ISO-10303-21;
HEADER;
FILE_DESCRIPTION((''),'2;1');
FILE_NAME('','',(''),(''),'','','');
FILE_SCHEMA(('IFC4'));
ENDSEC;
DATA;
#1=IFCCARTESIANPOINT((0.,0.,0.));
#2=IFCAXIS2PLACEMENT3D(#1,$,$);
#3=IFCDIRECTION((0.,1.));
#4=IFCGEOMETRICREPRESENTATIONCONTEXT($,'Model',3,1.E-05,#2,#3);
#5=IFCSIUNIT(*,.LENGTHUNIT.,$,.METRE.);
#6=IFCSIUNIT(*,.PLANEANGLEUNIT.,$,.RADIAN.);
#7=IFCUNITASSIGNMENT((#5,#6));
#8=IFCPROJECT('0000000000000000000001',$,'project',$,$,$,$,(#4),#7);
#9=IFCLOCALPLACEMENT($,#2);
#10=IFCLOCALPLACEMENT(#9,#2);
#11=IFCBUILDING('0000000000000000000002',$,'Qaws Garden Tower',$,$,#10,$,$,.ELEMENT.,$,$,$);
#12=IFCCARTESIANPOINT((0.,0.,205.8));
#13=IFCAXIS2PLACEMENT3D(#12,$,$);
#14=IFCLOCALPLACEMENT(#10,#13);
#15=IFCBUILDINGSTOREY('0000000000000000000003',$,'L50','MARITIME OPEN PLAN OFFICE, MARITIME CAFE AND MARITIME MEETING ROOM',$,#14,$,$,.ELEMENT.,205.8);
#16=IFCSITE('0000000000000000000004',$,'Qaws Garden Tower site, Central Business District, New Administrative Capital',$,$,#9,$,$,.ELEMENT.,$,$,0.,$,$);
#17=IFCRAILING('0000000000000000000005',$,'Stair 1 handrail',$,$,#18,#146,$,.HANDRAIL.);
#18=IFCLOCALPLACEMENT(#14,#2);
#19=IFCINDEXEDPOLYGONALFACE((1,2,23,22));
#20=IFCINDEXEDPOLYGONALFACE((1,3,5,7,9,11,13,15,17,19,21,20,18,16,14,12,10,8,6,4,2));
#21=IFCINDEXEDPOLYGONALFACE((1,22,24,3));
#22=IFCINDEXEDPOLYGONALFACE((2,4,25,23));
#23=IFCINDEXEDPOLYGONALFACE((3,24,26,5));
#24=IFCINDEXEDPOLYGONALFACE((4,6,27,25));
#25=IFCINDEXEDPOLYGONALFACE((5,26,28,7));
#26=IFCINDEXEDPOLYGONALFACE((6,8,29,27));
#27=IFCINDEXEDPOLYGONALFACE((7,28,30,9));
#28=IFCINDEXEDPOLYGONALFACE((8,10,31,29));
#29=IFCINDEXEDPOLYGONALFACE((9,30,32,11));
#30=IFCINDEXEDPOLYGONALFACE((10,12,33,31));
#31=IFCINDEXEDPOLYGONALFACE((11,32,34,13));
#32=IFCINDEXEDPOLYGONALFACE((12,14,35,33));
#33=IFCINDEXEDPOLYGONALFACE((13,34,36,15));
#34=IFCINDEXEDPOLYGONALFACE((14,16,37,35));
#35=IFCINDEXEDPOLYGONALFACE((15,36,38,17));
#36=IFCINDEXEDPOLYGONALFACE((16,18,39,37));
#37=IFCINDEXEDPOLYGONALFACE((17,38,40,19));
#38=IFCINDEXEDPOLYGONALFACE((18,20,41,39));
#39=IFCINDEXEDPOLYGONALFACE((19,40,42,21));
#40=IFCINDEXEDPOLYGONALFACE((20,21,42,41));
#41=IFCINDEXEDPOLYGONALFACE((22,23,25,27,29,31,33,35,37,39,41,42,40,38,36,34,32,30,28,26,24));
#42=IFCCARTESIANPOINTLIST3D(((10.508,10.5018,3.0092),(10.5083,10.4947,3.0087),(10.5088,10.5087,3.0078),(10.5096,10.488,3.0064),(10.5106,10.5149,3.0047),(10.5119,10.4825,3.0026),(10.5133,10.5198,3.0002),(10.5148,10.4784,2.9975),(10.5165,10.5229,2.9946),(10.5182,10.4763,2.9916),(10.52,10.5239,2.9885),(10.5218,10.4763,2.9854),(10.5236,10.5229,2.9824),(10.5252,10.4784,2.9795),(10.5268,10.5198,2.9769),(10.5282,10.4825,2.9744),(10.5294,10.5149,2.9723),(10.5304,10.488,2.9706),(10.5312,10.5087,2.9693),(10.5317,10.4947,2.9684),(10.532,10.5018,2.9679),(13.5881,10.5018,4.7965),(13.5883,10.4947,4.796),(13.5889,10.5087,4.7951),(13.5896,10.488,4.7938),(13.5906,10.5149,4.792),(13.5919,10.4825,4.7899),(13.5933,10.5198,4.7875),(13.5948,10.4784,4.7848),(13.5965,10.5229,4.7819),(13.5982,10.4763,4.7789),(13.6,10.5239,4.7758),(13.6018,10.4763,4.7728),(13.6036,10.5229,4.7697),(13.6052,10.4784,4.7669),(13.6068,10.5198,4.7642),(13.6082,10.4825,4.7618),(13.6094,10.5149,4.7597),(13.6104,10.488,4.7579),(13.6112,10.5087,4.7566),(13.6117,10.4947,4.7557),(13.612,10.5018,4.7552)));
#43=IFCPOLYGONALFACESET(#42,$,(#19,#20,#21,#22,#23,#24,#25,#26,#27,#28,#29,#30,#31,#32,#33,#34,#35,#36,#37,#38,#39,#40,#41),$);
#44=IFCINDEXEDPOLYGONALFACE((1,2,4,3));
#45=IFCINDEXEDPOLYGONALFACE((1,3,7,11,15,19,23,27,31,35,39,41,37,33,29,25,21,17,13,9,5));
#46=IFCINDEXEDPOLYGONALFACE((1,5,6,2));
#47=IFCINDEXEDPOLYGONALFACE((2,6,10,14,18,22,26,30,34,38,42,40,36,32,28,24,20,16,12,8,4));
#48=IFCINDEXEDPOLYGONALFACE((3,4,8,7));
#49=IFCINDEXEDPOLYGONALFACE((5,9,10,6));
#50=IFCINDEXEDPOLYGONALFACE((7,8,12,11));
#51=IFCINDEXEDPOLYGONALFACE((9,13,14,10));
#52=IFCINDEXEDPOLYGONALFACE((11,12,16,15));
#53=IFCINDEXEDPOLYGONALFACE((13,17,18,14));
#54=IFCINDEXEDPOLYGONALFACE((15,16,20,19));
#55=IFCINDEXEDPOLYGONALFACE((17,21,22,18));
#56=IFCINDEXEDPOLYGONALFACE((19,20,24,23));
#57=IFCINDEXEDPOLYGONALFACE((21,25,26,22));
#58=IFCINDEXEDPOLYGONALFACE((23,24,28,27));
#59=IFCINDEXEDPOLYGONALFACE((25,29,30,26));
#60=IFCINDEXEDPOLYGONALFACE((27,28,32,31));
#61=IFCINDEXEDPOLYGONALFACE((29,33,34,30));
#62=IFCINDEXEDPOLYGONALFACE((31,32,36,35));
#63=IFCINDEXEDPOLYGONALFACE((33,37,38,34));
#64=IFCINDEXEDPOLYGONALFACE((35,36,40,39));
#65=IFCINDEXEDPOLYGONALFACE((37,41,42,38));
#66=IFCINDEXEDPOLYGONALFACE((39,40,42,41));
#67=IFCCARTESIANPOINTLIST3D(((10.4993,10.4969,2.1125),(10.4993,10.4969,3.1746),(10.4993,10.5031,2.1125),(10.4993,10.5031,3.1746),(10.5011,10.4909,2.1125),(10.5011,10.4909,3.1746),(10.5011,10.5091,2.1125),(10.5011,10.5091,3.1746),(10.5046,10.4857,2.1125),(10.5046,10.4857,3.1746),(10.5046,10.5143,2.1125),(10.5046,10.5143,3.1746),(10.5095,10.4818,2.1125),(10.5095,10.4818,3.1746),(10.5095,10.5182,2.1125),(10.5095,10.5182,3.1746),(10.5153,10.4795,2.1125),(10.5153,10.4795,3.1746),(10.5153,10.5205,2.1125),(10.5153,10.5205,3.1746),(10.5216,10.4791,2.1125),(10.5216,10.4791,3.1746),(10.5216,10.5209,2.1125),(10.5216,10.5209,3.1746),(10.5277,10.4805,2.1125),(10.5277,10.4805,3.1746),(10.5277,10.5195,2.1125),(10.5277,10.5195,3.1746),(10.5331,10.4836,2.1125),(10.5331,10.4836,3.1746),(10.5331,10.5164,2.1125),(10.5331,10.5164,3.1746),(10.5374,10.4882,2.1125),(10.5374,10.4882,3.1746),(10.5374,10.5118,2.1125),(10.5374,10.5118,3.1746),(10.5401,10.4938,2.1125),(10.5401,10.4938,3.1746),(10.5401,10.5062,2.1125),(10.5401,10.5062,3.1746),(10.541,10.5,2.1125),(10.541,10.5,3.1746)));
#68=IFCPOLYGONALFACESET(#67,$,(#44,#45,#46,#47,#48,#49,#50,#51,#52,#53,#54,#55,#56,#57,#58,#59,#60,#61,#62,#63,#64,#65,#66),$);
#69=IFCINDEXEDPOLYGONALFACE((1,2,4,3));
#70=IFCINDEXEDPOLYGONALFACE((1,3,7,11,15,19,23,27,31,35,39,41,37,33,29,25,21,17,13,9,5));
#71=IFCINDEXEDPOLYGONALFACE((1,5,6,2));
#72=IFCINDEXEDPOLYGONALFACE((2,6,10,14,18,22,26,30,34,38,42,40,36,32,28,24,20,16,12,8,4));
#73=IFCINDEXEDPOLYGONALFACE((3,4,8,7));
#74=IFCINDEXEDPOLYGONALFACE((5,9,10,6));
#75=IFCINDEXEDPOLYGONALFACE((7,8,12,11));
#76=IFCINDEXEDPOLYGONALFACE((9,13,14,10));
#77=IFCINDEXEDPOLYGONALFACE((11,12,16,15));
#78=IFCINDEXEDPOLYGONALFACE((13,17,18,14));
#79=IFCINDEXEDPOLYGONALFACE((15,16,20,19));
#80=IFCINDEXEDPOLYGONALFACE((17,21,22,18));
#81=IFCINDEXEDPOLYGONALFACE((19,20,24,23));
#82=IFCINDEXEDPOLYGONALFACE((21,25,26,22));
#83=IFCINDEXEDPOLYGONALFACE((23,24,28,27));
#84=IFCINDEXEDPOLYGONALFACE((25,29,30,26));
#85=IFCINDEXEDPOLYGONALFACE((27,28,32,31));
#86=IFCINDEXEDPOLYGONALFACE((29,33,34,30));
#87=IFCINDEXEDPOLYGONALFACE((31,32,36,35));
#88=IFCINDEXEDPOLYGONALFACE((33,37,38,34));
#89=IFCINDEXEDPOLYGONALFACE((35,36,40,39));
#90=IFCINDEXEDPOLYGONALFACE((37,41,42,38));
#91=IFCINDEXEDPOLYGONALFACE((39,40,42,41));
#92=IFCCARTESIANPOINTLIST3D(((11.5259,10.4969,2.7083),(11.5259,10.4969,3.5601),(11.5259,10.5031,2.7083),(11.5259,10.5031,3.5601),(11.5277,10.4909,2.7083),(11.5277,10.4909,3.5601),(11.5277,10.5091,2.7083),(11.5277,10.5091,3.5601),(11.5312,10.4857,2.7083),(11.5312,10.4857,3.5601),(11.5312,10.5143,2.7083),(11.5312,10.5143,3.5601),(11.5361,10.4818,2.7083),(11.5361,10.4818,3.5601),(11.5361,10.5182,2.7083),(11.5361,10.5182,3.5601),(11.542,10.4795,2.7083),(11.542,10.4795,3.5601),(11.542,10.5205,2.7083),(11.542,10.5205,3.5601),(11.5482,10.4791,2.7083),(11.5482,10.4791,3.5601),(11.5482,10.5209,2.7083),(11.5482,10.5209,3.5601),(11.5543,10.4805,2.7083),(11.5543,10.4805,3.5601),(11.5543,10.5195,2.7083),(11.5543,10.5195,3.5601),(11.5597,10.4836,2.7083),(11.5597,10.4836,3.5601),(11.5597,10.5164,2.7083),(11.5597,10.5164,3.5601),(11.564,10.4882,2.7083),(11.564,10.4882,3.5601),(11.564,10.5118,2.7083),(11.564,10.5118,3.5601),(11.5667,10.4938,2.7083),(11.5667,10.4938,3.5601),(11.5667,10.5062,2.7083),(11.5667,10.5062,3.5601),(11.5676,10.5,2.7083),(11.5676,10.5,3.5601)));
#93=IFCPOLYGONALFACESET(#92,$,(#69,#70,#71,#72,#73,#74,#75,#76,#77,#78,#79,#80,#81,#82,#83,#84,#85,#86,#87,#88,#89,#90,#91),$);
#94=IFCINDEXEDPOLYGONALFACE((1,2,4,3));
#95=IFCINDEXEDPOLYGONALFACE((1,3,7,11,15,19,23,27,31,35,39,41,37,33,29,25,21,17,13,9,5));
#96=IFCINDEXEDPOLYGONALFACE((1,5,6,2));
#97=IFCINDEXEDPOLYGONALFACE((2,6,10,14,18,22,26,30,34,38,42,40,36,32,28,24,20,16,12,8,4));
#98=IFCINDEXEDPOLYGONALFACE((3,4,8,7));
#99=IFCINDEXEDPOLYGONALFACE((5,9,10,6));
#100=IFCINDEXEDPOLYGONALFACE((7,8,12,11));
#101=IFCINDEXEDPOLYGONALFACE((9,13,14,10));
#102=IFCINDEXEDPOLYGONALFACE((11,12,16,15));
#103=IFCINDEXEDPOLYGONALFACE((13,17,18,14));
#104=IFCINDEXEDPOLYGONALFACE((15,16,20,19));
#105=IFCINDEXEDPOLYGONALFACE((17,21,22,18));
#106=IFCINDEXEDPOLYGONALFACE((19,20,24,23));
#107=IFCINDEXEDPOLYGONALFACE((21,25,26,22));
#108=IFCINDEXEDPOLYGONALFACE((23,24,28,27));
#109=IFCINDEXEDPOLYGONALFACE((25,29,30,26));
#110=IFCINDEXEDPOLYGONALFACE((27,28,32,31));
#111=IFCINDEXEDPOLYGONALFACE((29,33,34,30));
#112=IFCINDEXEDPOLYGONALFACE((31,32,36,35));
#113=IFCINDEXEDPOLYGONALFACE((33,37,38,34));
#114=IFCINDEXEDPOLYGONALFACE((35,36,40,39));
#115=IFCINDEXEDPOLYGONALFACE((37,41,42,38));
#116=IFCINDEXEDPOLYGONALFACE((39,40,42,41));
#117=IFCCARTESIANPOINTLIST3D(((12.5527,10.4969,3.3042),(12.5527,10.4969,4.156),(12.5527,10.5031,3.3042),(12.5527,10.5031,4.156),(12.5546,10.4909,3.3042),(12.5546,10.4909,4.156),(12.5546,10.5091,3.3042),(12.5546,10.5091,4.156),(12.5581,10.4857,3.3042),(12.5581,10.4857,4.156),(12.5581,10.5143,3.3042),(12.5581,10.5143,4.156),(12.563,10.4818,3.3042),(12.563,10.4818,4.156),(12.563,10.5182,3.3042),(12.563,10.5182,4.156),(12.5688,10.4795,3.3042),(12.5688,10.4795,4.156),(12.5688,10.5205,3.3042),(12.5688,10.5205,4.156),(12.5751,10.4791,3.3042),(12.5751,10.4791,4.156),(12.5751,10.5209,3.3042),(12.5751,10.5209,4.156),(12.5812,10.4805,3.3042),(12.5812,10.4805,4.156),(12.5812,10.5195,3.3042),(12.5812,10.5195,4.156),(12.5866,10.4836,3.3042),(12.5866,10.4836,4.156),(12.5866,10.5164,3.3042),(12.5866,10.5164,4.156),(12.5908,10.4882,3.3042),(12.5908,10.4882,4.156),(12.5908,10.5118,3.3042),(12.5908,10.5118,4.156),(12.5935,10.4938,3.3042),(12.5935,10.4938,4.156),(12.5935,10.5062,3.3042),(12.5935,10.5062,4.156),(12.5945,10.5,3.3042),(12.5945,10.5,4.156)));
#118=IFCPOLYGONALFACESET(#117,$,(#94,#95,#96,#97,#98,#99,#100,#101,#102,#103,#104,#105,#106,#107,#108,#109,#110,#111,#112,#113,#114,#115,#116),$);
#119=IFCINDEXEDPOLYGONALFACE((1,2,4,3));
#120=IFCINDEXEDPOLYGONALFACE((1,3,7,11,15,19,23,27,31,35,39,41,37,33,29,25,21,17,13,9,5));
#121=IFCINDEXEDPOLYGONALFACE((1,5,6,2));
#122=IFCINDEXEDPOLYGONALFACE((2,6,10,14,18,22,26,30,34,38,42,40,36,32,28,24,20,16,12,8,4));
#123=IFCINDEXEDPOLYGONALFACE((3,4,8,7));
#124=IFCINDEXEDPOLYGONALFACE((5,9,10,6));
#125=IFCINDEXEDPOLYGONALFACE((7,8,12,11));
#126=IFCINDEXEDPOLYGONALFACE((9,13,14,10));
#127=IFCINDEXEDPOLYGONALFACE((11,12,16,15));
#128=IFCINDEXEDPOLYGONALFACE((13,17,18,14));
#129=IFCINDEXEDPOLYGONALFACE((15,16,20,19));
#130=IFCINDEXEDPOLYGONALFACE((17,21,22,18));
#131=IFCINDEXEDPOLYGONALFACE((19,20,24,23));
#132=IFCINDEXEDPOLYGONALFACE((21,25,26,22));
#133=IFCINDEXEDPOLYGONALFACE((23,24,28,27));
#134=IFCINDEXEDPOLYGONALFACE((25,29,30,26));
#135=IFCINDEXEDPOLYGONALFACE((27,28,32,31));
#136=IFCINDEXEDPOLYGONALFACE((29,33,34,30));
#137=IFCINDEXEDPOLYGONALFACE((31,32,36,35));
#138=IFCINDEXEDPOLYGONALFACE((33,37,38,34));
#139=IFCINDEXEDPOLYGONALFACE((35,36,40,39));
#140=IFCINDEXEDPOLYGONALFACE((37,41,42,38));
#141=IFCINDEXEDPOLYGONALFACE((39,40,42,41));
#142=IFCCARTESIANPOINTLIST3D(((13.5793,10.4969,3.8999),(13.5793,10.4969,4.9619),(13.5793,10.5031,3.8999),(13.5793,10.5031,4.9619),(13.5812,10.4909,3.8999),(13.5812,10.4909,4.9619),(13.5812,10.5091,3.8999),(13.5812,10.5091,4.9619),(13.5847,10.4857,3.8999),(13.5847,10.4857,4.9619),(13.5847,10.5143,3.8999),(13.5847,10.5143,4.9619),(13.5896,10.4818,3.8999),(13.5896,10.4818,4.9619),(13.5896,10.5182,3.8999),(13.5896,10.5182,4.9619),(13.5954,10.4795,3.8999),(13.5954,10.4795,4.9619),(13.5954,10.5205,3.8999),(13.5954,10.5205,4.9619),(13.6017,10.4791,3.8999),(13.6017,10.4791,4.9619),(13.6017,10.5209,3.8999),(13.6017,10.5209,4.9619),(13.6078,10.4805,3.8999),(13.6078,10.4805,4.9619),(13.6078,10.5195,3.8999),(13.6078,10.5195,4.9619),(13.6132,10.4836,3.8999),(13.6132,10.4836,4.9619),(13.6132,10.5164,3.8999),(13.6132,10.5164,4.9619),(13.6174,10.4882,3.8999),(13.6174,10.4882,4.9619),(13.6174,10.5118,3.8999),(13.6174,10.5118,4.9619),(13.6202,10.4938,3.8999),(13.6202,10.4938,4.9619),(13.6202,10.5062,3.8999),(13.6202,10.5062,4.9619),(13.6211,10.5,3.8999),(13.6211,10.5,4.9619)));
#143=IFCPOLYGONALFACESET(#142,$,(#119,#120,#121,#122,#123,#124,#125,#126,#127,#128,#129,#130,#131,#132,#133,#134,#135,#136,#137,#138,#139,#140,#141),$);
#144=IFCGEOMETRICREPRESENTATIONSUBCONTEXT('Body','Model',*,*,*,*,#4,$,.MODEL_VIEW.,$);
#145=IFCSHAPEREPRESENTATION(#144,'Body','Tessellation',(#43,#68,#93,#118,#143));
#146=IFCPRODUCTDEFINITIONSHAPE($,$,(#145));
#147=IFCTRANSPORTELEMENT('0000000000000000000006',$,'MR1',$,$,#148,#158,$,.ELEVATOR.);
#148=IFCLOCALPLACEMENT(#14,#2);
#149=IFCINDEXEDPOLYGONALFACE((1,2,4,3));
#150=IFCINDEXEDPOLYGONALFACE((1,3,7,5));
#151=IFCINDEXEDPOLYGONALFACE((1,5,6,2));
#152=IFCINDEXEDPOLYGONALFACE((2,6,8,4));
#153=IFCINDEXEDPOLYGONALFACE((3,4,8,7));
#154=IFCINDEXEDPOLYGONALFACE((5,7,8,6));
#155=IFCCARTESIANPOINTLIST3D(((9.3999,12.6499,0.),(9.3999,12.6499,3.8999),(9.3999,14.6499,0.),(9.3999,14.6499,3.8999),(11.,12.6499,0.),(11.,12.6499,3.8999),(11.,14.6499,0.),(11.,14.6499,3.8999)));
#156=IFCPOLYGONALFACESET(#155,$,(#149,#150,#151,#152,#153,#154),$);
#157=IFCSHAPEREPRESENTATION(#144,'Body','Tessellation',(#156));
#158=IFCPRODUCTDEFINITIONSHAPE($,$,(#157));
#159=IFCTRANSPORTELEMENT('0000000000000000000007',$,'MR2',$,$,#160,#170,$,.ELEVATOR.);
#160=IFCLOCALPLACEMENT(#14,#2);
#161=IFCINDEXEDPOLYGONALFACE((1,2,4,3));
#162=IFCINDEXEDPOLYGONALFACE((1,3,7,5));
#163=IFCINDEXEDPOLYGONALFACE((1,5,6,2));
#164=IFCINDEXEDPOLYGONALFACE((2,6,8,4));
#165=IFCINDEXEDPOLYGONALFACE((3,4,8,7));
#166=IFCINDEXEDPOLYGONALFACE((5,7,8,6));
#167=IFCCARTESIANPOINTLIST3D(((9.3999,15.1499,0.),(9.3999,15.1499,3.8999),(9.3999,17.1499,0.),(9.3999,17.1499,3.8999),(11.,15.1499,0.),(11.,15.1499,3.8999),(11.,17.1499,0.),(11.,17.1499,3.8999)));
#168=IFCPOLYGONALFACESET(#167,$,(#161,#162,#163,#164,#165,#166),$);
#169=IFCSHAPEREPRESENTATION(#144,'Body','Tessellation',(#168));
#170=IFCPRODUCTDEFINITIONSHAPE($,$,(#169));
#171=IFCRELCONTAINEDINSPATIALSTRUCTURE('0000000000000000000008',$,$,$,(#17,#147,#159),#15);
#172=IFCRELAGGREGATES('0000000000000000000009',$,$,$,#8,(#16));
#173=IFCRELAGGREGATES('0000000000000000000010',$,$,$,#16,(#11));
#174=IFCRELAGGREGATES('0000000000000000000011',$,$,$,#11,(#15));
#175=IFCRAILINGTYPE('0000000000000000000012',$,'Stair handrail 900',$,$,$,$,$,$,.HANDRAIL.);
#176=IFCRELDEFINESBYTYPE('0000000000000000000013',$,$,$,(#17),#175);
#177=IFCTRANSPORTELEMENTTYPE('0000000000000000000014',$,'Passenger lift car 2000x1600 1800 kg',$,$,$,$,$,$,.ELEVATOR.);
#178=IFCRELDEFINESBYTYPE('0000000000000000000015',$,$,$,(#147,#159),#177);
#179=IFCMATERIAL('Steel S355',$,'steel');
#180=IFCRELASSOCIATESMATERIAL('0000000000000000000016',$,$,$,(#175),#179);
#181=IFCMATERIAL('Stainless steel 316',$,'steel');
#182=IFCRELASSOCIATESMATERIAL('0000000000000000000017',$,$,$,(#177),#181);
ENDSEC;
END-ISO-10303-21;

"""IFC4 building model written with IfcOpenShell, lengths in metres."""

from ifc_helpers import new_model, si_unit, direction, frame, origin, origin_2d, place, context, subcontext, project, spatial, rectangle, circle, extrude, material, type_object, element, save


model = new_model("IFC4")

# Units and contexts
model_context = context("Model", 3, precision=1e-05, world=origin(), true_north=direction((0.0, 1.0)))
body_context = subcontext(model_context, "Body", "Model", "MODEL_VIEW")
ifc_project = project(units=[si_unit("LENGTHUNIT", "METRE"), si_unit("PLANEANGLEUNIT", "RADIAN")], contexts=[model_context])

# Site, building, storey
site_placement = place(None, origin())
site = spatial("IfcSite", under=ifc_project, at=site_placement, Name="Qaws Garden Tower site, Central Business District, New Administrative Capital", CompositionType="ELEMENT", RefElevation=0.0)
building_placement = place(site_placement, origin())
building = spatial("IfcBuilding", under=site, at=building_placement, Name="Qaws Garden Tower", CompositionType="ELEMENT")
storey_placement = place(building_placement, frame((0.0, 0.0, 205.8)))
storey = spatial("IfcBuildingStorey", under=building, at=storey_placement, Name="L50", Description="MARITIME OPEN PLAN OFFICE, MARITIME CAFE AND MARITIME MEETING ROOM", CompositionType="ELEMENT", Elevation=205.8)

# Railing
ifc_material_1 = material(Name="Steel S355", Category="steel")
railing_type = type_object("IfcRailingType", Name="Stair handrail 900", PredefinedType="HANDRAIL", material=ifc_material_1)
railing_1_placement = place(storey_placement, frame((10.52, 10.5, 2.1125)))
element("IfcRailing", 1, at=railing_1_placement, inside=storey, type_object=railing_type, Name="Stair 1 handrail", PredefinedType="HANDRAIL", context=body_context, shape_type="SweptSolid", body=[
    extrude(circle(Radius=0.0239, at=origin_2d()), frame((0.0, 0.0, 0.876), z_axis=(0.86492, 0.0, 0.501909), x_axis=(0.0, 1.0, 0.0)), (0.0, 0.0, 1.0), 3.561),
    extrude(circle(Radius=0.021, at=origin_2d()), origin(), (0.0, 0.0, 1.0), 1.062),
    extrude(circle(Radius=0.021, at=origin_2d()), frame((1.0266, 0.0, 0.5957)), (0.0, 0.0, 1.0), 0.8518),
    extrude(circle(Radius=0.021, at=origin_2d()), frame((2.0535, 0.0, 1.1917)), (0.0, 0.0, 1.0), 0.8518),
    extrude(circle(Radius=0.021, at=origin_2d()), frame((3.0801, 0.0, 1.7874)), (0.0, 0.0, 1.0), 1.062),
])

# Transport elements
ifc_material_2 = material(Name="Stainless steel 316", Category="steel")
transport_element_type = type_object("IfcTransportElementType", Name="Passenger lift car 2000x1600 1800 kg", PredefinedType="ELEVATOR", material=ifc_material_2)
for number, where, z_axis, x_axis, name in (
    (2, (10.2, 13.6499, 0.0), (0.0, 0.0, 1.0), (1.0, 0.0, 0.0), "MR1"),
    (3, (10.2, 16.1499, 0.0), (0.0, 0.0, 1.0), (1.0, 0.0, 0.0), "MR2"),
):
    element("IfcTransportElement", number, at=place(storey_placement, frame(where, z_axis=z_axis, x_axis=x_axis)), inside=storey, type_object=transport_element_type, Name=name, PredefinedType="ELEVATOR", context=body_context, shape_type="SweptSolid", body=[
        extrude(rectangle(XDim=1.6001, YDim=2.0, at=origin_2d()), origin(), (0.0, 0.0, 1.0), 3.8999),
    ])

save(model, "model.ifc")
